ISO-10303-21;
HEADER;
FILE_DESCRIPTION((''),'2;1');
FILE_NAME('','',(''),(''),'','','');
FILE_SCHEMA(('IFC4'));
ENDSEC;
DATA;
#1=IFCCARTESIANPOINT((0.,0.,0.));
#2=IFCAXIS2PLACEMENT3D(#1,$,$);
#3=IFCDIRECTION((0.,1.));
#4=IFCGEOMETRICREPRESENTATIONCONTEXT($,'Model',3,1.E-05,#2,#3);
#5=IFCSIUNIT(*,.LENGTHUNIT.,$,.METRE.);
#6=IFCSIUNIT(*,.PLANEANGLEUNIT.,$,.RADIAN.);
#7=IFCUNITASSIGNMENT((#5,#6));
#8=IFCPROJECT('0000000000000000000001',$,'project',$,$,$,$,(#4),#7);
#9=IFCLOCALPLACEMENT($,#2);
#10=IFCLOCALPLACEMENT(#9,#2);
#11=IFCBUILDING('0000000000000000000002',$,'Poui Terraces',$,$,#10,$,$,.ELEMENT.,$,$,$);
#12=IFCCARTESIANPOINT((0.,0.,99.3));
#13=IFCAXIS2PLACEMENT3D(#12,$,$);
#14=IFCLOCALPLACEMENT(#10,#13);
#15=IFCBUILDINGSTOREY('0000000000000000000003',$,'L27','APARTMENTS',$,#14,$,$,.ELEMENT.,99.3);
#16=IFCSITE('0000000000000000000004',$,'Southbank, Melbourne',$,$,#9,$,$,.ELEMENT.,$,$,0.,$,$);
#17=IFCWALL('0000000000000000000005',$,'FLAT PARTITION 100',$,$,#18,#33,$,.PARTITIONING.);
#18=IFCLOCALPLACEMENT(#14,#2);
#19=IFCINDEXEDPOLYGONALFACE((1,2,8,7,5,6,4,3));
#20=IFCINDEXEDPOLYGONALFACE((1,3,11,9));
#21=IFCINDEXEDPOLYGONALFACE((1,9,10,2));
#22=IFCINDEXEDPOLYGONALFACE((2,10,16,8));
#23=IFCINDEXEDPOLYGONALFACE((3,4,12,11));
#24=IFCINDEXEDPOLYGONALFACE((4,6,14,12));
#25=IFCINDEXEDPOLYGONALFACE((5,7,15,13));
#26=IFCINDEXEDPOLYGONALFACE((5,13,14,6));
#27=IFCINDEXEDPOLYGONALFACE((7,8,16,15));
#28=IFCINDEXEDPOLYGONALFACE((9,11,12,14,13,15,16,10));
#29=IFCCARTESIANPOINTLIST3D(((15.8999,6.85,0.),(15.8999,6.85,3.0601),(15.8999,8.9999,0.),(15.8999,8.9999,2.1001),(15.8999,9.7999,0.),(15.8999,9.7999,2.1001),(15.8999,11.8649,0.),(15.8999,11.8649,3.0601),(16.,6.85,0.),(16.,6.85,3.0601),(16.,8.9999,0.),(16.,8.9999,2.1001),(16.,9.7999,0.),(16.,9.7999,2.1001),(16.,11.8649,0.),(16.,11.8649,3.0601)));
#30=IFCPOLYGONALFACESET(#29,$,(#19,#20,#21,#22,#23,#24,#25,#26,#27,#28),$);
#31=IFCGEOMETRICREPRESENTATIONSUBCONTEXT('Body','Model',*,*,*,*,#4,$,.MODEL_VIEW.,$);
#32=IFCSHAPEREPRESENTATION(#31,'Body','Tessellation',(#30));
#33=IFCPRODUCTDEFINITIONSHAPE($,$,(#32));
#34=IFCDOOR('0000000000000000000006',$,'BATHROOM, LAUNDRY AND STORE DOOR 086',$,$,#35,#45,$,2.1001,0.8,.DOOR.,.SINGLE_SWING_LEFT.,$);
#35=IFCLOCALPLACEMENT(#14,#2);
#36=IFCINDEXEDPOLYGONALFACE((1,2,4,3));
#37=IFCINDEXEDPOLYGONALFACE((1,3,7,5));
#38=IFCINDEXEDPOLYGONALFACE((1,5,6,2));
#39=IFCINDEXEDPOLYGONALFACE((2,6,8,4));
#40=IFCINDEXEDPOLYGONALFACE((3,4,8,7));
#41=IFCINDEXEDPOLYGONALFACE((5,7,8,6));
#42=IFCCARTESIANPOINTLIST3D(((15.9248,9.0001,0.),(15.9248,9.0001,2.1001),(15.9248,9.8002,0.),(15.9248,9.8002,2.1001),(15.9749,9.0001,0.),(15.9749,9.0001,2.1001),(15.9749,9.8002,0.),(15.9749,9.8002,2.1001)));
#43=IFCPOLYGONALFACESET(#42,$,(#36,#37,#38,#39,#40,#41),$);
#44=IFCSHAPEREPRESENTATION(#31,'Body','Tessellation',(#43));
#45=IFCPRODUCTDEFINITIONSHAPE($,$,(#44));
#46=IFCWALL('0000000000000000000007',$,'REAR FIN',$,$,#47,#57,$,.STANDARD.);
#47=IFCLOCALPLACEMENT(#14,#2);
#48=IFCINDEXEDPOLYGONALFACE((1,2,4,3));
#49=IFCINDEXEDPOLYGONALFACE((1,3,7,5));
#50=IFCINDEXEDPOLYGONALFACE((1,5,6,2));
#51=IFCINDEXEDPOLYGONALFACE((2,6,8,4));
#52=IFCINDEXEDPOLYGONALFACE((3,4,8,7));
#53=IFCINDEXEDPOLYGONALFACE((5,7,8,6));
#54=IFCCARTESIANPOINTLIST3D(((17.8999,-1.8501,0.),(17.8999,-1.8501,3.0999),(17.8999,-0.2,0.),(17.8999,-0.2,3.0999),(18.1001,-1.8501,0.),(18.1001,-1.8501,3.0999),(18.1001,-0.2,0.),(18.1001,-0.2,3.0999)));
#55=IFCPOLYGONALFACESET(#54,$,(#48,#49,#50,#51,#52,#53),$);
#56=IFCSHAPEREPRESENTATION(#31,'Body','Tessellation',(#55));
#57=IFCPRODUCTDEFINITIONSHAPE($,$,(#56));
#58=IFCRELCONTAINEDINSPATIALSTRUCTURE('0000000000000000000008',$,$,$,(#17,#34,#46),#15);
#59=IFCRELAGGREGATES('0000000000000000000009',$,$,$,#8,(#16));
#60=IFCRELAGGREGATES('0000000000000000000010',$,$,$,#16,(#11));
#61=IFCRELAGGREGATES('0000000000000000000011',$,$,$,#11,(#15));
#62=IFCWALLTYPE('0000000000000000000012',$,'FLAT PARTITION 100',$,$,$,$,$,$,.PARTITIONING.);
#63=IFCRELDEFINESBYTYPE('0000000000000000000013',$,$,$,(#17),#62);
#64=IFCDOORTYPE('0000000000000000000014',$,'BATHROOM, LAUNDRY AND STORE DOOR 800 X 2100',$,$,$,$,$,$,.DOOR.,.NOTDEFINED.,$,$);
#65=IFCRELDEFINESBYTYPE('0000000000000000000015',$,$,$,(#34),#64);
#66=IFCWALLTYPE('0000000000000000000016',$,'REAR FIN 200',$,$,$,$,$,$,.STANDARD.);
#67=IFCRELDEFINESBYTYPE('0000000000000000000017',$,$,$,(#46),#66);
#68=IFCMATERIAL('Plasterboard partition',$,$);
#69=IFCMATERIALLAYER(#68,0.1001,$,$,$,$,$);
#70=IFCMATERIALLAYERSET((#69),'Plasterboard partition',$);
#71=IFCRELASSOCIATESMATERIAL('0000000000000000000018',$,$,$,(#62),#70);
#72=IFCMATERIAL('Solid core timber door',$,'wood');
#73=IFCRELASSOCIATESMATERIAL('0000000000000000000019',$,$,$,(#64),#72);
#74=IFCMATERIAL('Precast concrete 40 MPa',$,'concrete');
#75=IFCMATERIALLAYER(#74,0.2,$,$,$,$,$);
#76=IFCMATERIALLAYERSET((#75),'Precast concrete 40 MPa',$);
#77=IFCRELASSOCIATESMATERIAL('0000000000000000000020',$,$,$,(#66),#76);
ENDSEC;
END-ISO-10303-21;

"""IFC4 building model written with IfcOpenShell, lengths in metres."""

from ifc_helpers import new_model, si_unit, direction, frame, frame_2d, origin, place, context, subcontext, project, spatial, polyline, rectangle, outline, extrude, source, transform, mapped, material, layer, layer_set, type_object, element, fill, save


model = new_model("IFC4")

# Units and contexts
model_context = context("Model", 3, precision=1e-05, world=origin(), true_north=direction((0.0, 1.0)))
body_context = subcontext(model_context, "Body", "Model", "MODEL_VIEW")
ifc_project = project(units=[si_unit("LENGTHUNIT", "METRE"), si_unit("PLANEANGLEUNIT", "RADIAN")], contexts=[model_context])

# Site, building, storey
site_placement = place(None, origin())
site = spatial("IfcSite", under=ifc_project, at=site_placement, Name="Southbank, Melbourne", CompositionType="ELEMENT", RefElevation=0.0)
building_placement = place(site_placement, origin())
building = spatial("IfcBuilding", under=site, at=building_placement, Name="Poui Terraces", CompositionType="ELEMENT")
storey_placement = place(building_placement, frame((0.0, 0.0, 99.3)))
storey = spatial("IfcBuildingStorey", under=building, at=storey_placement, Name="L27", Description="APARTMENTS", CompositionType="ELEMENT", Elevation=99.3)

# Shared definitions
ifc_material_1 = material(Name="Precast concrete 40 MPa", Category="concrete")

# Shared definitions
ifc_material_2 = material(Name="Plasterboard partition")
ifc_layer_1 = layer(ifc_material_2, 0.1001)
ifc_layer_set_1 = layer_set([ifc_layer_1], Name="Plasterboard partition")
wall_type_1 = type_object("IfcWallType", Name="FLAT PARTITION 100", PredefinedType="PARTITIONING", material=ifc_layer_set_1)

# Wall, opening, door
ifc_material_3 = material(Name="Solid core timber door", Category="wood")
wall_1_placement = place(storey_placement, frame((15.95, 6.8501, 0.0), z_axis=(0.0, 0.0, 1.0), x_axis=(0.0, 1.0, 0.0)))
wall_1 = element("IfcWall", 1, at=wall_1_placement, inside=storey, type_object=wall_type_1, Name="FLAT PARTITION 100", PredefinedType="PARTITIONING", context=body_context, shape_type="SweptSolid", body=[
    extrude(rectangle(XDim=5.0149, YDim=0.1001, at=frame_2d((2.5073, 0.0))), origin(), (0.0, 0.0, 1.0), 3.0601),
])
opening_1_placement = place(wall_1_placement, frame((2.1499, 0.0, 0.0)))
opening_1 = element("IfcOpeningElement", 2, at=opening_1_placement, cuts=wall_1, PredefinedType="OPENING", context=body_context, shape_type="SweptSolid", body=[
    extrude(rectangle(XDim=0.8, YDim=2.1001, at=frame_2d((0.3999, 1.05))), frame((0.0, 0.0601, 0.0), z_axis=(0.0, -1.0, 0.0), x_axis=(1.0, 0.0, 0.0)), (0.0, 0.0, 1.0), 0.1201),
])
door_type_1 = type_object("IfcDoorType", Name="BATHROOM, LAUNDRY AND STORE DOOR 800 X 2100", OperationType="NOTDEFINED", PredefinedType="DOOR", material=ifc_material_3)
door_1_placement = place(opening_1_placement, frame((0.8, 0.0, 0.0), z_axis=(0.0, 0.0, 1.0), x_axis=(-1.0, 0.0, 0.0)))
door_1 = element("IfcDoor", 3, at=door_1_placement, inside=storey, type_object=door_type_1, Name="BATHROOM, LAUNDRY AND STORE DOOR 086", OperationType="SINGLE_SWING_LEFT", OverallHeight=2.1001, OverallWidth=0.8, PredefinedType="DOOR", context=body_context, shape_type="SweptSolid", body=[
    extrude(rectangle(XDim=0.8, YDim=2.1001, at=frame_2d((0.3999, 1.05))), frame((0.0, 0.0249, 0.0), z_axis=(0.0, -1.0, 0.0), x_axis=(1.0, 0.0, 0.0)), (0.0, 0.0, 1.0), 0.05),
])
fill(opening_1, door_1)

# Wall
ifc_layer_2 = layer(ifc_material_1, 0.2)
ifc_layer_set_2 = layer_set([ifc_layer_2], Name="Precast concrete 40 MPa")
wall_type_2 = type_object("IfcWallType", Name="REAR FIN 200", PredefinedType="STANDARD", material=ifc_layer_set_2)
shared_shape_1 = source(origin(), body_context, "Body", "SweptSolid", [
    extrude(outline(polyline([(0.0, 0.0), (0.2002, 0.0), (0.2002, 1.6501), (0.0, 1.6501), (0.0, 0.0)])), origin(), (0.0, 0.0, 1.0), 3.0999),
])
wall_2_placement = place(storey_placement, frame((17.8999, -1.8501, 0.0)))
element("IfcWall", 4, at=wall_2_placement, inside=storey, type_object=wall_type_2, Name="REAR FIN", PredefinedType="STANDARD", context=body_context, shape_type="MappedRepresentation", body=[
    mapped(shared_shape_1, transform((0.0, 0.0, 0.0))),
])

save(model, "model.ifc")
